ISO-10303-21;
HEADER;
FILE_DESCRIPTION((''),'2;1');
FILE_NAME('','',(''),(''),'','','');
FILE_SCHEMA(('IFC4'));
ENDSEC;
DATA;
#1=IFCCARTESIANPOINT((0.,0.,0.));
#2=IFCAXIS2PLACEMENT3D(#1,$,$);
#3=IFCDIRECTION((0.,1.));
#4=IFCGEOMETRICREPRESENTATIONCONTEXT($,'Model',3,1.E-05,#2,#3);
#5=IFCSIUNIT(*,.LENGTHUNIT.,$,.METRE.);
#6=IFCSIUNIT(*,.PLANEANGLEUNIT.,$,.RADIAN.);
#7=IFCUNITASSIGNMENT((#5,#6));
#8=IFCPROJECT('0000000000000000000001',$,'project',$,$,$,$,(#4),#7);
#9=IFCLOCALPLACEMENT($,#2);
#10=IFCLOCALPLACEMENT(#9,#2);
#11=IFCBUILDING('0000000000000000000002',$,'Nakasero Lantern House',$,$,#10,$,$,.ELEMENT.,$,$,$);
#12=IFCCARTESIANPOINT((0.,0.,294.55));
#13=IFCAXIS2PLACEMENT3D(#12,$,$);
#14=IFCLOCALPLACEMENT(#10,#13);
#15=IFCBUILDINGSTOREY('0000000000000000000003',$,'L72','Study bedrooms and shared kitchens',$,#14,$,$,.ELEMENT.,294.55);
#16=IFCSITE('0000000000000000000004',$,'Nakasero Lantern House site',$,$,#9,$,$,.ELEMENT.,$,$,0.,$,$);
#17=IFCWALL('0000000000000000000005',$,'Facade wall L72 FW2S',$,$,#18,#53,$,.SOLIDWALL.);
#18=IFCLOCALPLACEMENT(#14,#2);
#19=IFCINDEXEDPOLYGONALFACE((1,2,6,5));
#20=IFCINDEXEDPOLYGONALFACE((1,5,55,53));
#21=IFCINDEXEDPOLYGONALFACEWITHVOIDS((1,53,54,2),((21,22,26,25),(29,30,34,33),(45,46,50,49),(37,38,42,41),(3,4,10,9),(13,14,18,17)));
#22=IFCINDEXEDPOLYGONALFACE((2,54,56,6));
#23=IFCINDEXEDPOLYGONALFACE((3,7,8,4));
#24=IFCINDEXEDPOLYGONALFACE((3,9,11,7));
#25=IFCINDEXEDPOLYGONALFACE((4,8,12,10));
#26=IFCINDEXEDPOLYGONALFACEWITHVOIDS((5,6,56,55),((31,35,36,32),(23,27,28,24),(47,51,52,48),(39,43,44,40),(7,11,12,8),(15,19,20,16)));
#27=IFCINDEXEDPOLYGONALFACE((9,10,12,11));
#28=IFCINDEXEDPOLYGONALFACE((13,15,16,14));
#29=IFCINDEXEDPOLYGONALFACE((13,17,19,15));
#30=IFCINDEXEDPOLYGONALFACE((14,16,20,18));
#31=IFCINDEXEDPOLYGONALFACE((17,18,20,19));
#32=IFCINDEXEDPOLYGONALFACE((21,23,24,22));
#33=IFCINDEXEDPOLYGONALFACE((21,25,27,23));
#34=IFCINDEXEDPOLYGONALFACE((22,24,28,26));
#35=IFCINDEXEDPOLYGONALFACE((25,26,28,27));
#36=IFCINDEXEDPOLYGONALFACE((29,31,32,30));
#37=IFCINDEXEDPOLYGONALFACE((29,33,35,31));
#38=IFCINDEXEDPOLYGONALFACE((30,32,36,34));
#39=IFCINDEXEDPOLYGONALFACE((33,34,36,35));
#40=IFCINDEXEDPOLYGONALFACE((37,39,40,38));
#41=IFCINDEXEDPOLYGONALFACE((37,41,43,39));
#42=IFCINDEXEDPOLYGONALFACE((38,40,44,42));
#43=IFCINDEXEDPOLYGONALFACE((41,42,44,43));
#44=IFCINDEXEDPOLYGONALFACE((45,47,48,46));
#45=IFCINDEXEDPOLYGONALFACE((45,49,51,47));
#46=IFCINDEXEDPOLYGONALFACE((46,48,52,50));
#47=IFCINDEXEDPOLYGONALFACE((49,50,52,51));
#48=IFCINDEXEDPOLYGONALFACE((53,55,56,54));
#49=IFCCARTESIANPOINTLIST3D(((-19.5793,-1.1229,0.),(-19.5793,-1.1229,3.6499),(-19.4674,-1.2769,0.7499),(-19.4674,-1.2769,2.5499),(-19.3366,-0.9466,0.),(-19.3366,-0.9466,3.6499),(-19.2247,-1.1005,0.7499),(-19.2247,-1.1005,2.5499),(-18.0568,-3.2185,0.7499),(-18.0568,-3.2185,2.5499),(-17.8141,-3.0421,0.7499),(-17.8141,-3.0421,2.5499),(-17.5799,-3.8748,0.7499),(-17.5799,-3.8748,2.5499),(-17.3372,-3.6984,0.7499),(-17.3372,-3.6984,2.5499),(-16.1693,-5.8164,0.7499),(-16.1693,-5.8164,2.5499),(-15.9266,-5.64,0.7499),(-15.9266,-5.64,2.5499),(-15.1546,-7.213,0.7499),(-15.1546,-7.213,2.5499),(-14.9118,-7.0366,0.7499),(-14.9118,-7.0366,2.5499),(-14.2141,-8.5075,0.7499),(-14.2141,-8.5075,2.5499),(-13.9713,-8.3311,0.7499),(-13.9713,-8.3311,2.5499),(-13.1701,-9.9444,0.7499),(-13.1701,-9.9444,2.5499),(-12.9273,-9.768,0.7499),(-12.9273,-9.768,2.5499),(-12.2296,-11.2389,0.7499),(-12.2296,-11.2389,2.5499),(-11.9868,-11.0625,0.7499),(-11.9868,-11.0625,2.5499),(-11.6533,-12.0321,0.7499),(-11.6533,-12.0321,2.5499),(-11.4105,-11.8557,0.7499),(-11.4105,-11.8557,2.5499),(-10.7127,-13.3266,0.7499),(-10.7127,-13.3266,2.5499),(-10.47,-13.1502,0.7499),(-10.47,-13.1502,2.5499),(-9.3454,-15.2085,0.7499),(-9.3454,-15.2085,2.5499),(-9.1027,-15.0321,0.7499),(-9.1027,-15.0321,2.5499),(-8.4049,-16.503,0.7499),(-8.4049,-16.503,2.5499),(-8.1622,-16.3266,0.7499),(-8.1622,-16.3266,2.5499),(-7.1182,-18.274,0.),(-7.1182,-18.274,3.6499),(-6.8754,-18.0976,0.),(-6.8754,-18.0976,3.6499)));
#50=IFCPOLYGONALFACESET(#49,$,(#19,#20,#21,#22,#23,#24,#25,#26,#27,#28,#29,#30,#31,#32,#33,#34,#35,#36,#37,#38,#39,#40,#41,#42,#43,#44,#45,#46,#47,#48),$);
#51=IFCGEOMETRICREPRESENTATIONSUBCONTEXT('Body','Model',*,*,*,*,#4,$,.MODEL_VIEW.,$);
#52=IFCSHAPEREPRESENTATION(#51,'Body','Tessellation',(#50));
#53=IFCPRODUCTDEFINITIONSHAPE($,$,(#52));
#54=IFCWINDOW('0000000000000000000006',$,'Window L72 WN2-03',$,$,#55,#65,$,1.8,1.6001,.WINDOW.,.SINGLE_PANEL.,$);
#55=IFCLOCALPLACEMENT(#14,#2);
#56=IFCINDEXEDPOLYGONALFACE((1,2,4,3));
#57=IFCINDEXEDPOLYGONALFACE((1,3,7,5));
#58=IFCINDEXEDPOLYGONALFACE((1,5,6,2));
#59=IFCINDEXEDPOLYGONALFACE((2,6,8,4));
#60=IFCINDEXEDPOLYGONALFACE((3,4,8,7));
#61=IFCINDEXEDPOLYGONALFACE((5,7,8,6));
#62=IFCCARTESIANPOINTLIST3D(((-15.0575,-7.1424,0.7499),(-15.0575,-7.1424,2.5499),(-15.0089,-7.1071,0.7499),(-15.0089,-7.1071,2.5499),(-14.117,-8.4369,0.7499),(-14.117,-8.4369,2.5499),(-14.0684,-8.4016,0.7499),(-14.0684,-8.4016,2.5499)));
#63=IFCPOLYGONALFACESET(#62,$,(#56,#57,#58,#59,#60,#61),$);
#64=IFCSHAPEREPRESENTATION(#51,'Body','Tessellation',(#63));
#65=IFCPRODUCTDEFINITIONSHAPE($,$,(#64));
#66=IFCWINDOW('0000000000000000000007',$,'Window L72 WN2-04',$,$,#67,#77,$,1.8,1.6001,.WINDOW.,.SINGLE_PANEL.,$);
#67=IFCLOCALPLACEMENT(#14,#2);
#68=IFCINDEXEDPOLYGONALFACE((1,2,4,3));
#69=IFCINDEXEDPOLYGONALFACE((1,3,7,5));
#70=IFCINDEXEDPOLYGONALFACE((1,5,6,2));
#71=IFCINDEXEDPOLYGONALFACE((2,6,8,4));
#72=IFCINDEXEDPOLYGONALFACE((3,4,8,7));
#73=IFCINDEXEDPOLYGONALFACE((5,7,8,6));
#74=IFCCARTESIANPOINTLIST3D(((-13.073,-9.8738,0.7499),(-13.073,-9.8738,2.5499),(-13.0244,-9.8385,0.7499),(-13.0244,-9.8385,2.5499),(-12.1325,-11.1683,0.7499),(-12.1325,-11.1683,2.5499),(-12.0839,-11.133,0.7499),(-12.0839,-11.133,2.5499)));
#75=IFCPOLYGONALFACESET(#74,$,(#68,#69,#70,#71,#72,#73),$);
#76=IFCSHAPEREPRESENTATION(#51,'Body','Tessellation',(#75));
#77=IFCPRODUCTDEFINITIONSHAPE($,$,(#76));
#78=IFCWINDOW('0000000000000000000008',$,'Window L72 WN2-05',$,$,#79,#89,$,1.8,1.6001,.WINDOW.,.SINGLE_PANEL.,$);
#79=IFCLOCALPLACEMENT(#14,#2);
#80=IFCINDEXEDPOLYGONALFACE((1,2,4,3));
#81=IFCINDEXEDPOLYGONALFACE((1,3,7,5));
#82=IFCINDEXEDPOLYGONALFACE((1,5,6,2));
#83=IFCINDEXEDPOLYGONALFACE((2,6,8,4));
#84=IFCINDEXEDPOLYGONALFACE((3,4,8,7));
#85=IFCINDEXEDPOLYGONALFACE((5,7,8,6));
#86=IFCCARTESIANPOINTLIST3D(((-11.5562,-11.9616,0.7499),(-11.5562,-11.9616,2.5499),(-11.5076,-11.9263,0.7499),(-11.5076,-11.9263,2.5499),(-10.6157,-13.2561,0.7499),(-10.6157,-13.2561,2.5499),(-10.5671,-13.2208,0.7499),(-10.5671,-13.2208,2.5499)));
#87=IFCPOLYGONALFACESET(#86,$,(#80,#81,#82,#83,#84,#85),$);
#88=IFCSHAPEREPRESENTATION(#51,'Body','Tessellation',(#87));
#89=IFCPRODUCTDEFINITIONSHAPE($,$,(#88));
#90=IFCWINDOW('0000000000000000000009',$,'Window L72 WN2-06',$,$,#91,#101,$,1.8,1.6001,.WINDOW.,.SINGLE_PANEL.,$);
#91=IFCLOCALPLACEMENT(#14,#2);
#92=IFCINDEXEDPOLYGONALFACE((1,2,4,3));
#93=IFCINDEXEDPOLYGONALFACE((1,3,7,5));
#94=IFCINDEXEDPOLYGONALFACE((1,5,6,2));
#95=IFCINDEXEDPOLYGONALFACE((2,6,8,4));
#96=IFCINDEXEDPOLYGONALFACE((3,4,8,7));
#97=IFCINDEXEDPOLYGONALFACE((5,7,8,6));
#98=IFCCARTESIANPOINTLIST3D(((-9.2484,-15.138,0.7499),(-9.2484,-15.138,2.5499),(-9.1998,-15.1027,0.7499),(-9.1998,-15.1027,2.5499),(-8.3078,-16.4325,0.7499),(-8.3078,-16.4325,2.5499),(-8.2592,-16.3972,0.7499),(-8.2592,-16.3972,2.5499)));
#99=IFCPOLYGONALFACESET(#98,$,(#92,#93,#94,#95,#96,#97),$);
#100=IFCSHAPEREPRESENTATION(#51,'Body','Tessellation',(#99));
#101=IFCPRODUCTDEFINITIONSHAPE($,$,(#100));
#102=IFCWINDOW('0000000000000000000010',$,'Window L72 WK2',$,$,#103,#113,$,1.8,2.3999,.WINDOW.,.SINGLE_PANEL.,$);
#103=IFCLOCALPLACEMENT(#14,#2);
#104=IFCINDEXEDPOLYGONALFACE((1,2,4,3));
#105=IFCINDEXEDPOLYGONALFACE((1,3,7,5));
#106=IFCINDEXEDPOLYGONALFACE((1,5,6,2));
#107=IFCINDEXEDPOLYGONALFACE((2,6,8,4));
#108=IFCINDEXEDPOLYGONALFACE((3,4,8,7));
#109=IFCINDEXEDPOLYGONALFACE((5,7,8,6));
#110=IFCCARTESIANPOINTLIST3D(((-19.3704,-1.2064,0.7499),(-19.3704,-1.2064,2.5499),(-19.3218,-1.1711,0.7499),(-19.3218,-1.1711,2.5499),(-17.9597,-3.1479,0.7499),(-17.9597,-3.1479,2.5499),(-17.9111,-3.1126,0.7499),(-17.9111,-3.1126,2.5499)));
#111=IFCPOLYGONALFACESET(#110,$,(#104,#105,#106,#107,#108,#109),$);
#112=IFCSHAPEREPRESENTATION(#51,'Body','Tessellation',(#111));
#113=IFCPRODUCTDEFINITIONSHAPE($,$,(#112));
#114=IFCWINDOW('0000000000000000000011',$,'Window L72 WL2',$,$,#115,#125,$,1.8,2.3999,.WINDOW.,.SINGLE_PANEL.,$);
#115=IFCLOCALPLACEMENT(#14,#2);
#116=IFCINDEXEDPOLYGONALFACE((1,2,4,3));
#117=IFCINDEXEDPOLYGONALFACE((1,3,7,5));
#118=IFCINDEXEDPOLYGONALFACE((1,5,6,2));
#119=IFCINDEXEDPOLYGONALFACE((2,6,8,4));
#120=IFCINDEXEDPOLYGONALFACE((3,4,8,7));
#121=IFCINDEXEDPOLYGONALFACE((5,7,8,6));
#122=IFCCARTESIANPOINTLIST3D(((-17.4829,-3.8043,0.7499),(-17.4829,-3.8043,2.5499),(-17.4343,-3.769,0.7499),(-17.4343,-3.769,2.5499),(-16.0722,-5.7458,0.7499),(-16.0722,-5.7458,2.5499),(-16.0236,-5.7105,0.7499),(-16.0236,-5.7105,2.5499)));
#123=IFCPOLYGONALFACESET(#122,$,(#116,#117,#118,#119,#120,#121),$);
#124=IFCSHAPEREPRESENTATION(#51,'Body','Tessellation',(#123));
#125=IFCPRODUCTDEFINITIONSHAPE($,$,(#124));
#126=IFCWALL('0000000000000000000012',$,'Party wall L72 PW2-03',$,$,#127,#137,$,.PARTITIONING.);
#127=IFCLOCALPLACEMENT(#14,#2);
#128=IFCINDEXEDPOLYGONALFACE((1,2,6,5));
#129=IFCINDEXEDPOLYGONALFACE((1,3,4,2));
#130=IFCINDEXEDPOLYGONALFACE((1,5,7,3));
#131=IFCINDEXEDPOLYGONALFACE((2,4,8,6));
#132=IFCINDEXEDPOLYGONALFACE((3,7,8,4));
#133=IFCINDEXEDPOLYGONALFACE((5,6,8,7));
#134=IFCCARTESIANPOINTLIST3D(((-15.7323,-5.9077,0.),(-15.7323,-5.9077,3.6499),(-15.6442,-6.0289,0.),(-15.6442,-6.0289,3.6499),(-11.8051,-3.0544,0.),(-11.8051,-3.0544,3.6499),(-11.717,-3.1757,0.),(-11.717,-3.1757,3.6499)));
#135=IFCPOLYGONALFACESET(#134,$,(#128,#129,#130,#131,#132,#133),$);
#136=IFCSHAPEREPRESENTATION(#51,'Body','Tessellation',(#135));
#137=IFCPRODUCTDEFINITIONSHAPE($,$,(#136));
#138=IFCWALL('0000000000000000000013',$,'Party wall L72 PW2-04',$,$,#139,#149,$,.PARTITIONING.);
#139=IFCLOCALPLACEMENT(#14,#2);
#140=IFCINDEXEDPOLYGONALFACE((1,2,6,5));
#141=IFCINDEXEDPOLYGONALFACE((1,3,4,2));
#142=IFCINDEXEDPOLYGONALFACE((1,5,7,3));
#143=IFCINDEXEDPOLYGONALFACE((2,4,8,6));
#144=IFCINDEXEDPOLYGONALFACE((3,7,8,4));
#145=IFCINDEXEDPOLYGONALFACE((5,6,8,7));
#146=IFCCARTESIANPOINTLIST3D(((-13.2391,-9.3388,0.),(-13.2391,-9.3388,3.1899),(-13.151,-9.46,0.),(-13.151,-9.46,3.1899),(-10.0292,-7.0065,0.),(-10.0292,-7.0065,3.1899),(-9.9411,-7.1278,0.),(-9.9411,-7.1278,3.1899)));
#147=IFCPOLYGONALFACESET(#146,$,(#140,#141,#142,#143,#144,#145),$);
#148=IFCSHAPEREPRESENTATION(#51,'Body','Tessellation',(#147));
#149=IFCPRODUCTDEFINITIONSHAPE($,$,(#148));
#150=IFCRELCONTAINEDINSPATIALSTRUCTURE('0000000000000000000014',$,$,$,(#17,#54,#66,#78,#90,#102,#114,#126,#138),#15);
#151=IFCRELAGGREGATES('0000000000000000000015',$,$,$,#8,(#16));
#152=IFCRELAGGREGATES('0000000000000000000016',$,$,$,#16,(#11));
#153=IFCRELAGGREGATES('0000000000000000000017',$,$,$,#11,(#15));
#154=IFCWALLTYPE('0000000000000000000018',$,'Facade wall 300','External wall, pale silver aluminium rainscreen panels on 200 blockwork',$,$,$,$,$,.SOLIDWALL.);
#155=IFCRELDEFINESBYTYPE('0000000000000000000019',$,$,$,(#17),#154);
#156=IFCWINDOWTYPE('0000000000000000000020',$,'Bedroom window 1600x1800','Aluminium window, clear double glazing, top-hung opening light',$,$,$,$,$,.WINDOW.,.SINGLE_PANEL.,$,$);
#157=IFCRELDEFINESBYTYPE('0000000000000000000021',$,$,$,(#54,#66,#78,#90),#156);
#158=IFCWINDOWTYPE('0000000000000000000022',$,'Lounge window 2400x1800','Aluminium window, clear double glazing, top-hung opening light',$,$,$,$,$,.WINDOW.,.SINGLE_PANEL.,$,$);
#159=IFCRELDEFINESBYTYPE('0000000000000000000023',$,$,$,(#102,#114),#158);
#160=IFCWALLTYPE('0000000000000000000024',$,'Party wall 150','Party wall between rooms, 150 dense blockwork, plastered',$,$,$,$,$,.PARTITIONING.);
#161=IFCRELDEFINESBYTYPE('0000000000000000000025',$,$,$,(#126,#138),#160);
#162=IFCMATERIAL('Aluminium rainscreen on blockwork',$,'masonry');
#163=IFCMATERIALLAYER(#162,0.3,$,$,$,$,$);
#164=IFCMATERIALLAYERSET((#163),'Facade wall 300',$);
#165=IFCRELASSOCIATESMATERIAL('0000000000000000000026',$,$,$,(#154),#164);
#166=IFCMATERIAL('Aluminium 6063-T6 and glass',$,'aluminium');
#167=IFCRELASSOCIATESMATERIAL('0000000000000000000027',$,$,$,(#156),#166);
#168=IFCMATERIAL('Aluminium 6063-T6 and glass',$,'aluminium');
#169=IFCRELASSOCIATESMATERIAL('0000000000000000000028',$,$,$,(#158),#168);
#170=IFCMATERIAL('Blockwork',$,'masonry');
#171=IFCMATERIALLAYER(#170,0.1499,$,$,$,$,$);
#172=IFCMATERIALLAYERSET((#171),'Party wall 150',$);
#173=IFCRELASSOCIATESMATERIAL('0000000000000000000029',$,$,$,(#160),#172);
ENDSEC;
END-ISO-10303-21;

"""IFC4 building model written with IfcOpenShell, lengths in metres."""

from ifc_helpers import new_model, si_unit, direction, frame, frame_2d, origin, place, context, subcontext, project, spatial, rectangle, extrude, material, layer, layer_set, type_object, element, fill, save


model = new_model("IFC4")

# Units and contexts
model_context = context("Model", 3, precision=1e-05, world=origin(), true_north=direction((0.0, 1.0)))
body_context = subcontext(model_context, "Body", "Model", "MODEL_VIEW")
ifc_project = project(units=[si_unit("LENGTHUNIT", "METRE"), si_unit("PLANEANGLEUNIT", "RADIAN")], contexts=[model_context])

# Site, building, storey
site_placement = place(None, origin())
site = spatial("IfcSite", under=ifc_project, at=site_placement, Name="Nakasero Lantern House site", CompositionType="ELEMENT", RefElevation=0.0)
building_placement = place(site_placement, origin())
building = spatial("IfcBuilding", under=site, at=building_placement, Name="Nakasero Lantern House", CompositionType="ELEMENT")
storey_placement = place(building_placement, frame((0.0, 0.0, 294.55)))
storey = spatial("IfcBuildingStorey", under=building, at=storey_placement, Name="L72", Description="Study bedrooms and shared kitchens", CompositionType="ELEMENT", Elevation=294.55)

# Wall, openings, windows
ifc_material_1 = material(Name="Aluminium rainscreen on blockwork", Category="masonry")
ifc_layer_1 = layer(ifc_material_1, 0.3)
ifc_layer_set_1 = layer_set([ifc_layer_1], Name="Facade wall 300")
wall_type_1 = type_object("IfcWallType", Name="Facade wall 300", Description="External wall, pale silver aluminium rainscreen panels on 200 blockwork", PredefinedType="SOLIDWALL", material=ifc_layer_set_1)
wall_1_placement = place(storey_placement, frame((-19.458, -1.0347, 0.0), z_axis=(0.0, 0.0, 1.0), x_axis=(0.58779, -0.809013, 0.0)))
wall_1 = element("IfcWall", 1, at=wall_1_placement, inside=storey, type_object=wall_type_1, Name="Facade wall L72 FW2S", PredefinedType="SOLIDWALL", context=body_context, shape_type="SweptSolid", body=[
    extrude(rectangle(XDim=21.2, YDim=0.3, at=frame_2d((10.6001, 0.0))), origin(), (0.0, 0.0, 1.0), 3.6499),
])
opening_1_placement = place(wall_1_placement, frame((7.5278, 0.0, 0.75)))
opening_1 = element("IfcOpeningElement", 2, at=opening_1_placement, cuts=wall_1, PredefinedType="OPENING", context=body_context, shape_type="SweptSolid", body=[
    extrude(rectangle(XDim=1.6001, YDim=1.8, at=frame_2d((0.8, 0.8999))), frame((0.0, 0.1699, 0.0), z_axis=(0.0, -1.0, 0.0), x_axis=(1.0, 0.0, 0.0)), (0.0, 0.0, 1.0), 0.3401),
])
opening_2_placement = place(wall_1_placement, frame((10.9041, 0.0, 0.75)))
opening_2 = element("IfcOpeningElement", 3, at=opening_2_placement, cuts=wall_1, PredefinedType="OPENING", context=body_context, shape_type="SweptSolid", body=[
    extrude(rectangle(XDim=1.6001, YDim=1.8, at=frame_2d((0.8, 0.8999))), frame((0.0, 0.1699, 0.0), z_axis=(0.0, -1.0, 0.0), x_axis=(1.0, 0.0, 0.0)), (0.0, 0.0, 1.0), 0.3401),
])
opening_3_placement = place(wall_1_placement, frame((13.4846, 0.0, 0.75)))
opening_3 = element("IfcOpeningElement", 4, at=opening_3_placement, cuts=wall_1, PredefinedType="OPENING", context=body_context, shape_type="SweptSolid", body=[
    extrude(rectangle(XDim=1.6001, YDim=1.8, at=frame_2d((0.8, 0.8999))), frame((0.0, 0.1699, 0.0), z_axis=(0.0, -1.0, 0.0), x_axis=(1.0, 0.0, 0.0)), (0.0, 0.0, 1.0), 0.3401),
])
opening_4_placement = place(wall_1_placement, frame((17.4109, 0.0, 0.75)))
opening_4 = element("IfcOpeningElement", 5, at=opening_4_placement, cuts=wall_1, PredefinedType="OPENING", context=body_context, shape_type="SweptSolid", body=[
    extrude(rectangle(XDim=1.6001, YDim=1.8, at=frame_2d((0.8, 0.8999))), frame((0.0, 0.1699, 0.0), z_axis=(0.0, -1.0, 0.0), x_axis=(1.0, 0.0, 0.0)), (0.0, 0.0, 1.0), 0.3401),
])
opening_5_placement = place(wall_1_placement, frame((0.1904, 0.0, 0.75)))
opening_5 = element("IfcOpeningElement", 6, at=opening_5_placement, cuts=wall_1, PredefinedType="OPENING", context=body_context, shape_type="SweptSolid", body=[
    extrude(rectangle(XDim=2.3999, YDim=1.8, at=frame_2d((1.2, 0.8999))), frame((0.0, 0.1699, 0.0), z_axis=(0.0, -1.0, 0.0), x_axis=(1.0, 0.0, 0.0)), (0.0, 0.0, 1.0), 0.3401),
])
opening_6_placement = place(wall_1_placement, frame((3.4016, 0.0, 0.75)))
opening_6 = element("IfcOpeningElement", 7, at=opening_6_placement, cuts=wall_1, PredefinedType="OPENING", context=body_context, shape_type="SweptSolid", body=[
    extrude(rectangle(XDim=2.3999, YDim=1.8, at=frame_2d((1.2, 0.8999))), frame((0.0, 0.1699, 0.0), z_axis=(0.0, -1.0, 0.0), x_axis=(1.0, 0.0, 0.0)), (0.0, 0.0, 1.0), 0.3401),
])
ifc_material_2 = material(Name="Aluminium 6063-T6 and glass", Category="aluminium")
window_type_1 = type_object("IfcWindowType", Name="Bedroom window 1600x1800", Description="Aluminium window, clear double glazing, top-hung opening light", PartitioningType="SINGLE_PANEL", PredefinedType="WINDOW", material=ifc_material_2)
window_1_placement = place(opening_1_placement, origin())
window_1 = element("IfcWindow", 8, at=window_1_placement, inside=storey, type_object=window_type_1, Name="Window L72 WN2-03", OverallHeight=1.8, OverallWidth=1.6001, PartitioningType="SINGLE_PANEL", PredefinedType="WINDOW", context=body_context, shape_type="SweptSolid", body=[
    extrude(rectangle(XDim=1.6001, YDim=1.8, at=frame_2d((0.8, 0.8999))), frame((0.0, 0.03, 0.0), z_axis=(0.0, -1.0, 0.0), x_axis=(1.0, 0.0, 0.0)), (0.0, 0.0, 1.0), 0.0601),
])
fill(opening_1, window_1)
window_2_placement = place(opening_2_placement, origin())
window_2 = element("IfcWindow", 9, at=window_2_placement, inside=storey, type_object=window_type_1, Name="Window L72 WN2-04", OverallHeight=1.8, OverallWidth=1.6001, PartitioningType="SINGLE_PANEL", PredefinedType="WINDOW", context=body_context, shape_type="SweptSolid", body=[
    extrude(rectangle(XDim=1.6001, YDim=1.8, at=frame_2d((0.8, 0.8999))), frame((0.0, 0.03, 0.0), z_axis=(0.0, -1.0, 0.0), x_axis=(1.0, 0.0, 0.0)), (0.0, 0.0, 1.0), 0.0601),
])
fill(opening_2, window_2)
window_3_placement = place(opening_3_placement, origin())
window_3 = element("IfcWindow", 10, at=window_3_placement, inside=storey, type_object=window_type_1, Name="Window L72 WN2-05", OverallHeight=1.8, OverallWidth=1.6001, PartitioningType="SINGLE_PANEL", PredefinedType="WINDOW", context=body_context, shape_type="SweptSolid", body=[
    extrude(rectangle(XDim=1.6001, YDim=1.8, at=frame_2d((0.8, 0.8999))), frame((0.0, 0.03, 0.0), z_axis=(0.0, -1.0, 0.0), x_axis=(1.0, 0.0, 0.0)), (0.0, 0.0, 1.0), 0.0601),
])
fill(opening_3, window_3)
window_4_placement = place(opening_4_placement, origin())
window_4 = element("IfcWindow", 11, at=window_4_placement, inside=storey, type_object=window_type_1, Name="Window L72 WN2-06", OverallHeight=1.8, OverallWidth=1.6001, PartitioningType="SINGLE_PANEL", PredefinedType="WINDOW", context=body_context, shape_type="SweptSolid", body=[
    extrude(rectangle(XDim=1.6001, YDim=1.8, at=frame_2d((0.8, 0.8999))), frame((0.0, 0.03, 0.0), z_axis=(0.0, -1.0, 0.0), x_axis=(1.0, 0.0, 0.0)), (0.0, 0.0, 1.0), 0.0601),
])
fill(opening_4, window_4)
ifc_material_3 = material(Name="Aluminium 6063-T6 and glass", Category="aluminium")
window_type_2 = type_object("IfcWindowType", Name="Lounge window 2400x1800", Description="Aluminium window, clear double glazing, top-hung opening light", PartitioningType="SINGLE_PANEL", PredefinedType="WINDOW", material=ifc_material_3)
window_5_placement = place(opening_5_placement, origin())
window_5 = element("IfcWindow", 12, at=window_5_placement, inside=storey, type_object=window_type_2, Name="Window L72 WK2", OverallHeight=1.8, OverallWidth=2.3999, PartitioningType="SINGLE_PANEL", PredefinedType="WINDOW", context=body_context, shape_type="SweptSolid", body=[
    extrude(rectangle(XDim=2.3999, YDim=1.8, at=frame_2d((1.2, 0.8999))), frame((0.0, 0.03, 0.0), z_axis=(0.0, -1.0, 0.0), x_axis=(1.0, 0.0, 0.0)), (0.0, 0.0, 1.0), 0.0601),
])
fill(opening_5, window_5)
window_6_placement = place(opening_6_placement, origin())
window_6 = element("IfcWindow", 13, at=window_6_placement, inside=storey, type_object=window_type_2, Name="Window L72 WL2", OverallHeight=1.8, OverallWidth=2.3999, PartitioningType="SINGLE_PANEL", PredefinedType="WINDOW", context=body_context, shape_type="SweptSolid", body=[
    extrude(rectangle(XDim=2.3999, YDim=1.8, at=frame_2d((1.2, 0.8999))), frame((0.0, 0.03, 0.0), z_axis=(0.0, -1.0, 0.0), x_axis=(1.0, 0.0, 0.0)), (0.0, 0.0, 1.0), 0.0601),
])
fill(opening_6, window_6)

# Walls
ifc_material_4 = material(Name="Blockwork", Category="masonry")
ifc_layer_2 = layer(ifc_material_4, 0.1499)
ifc_layer_set_2 = layer_set([ifc_layer_2], Name="Party wall 150")
wall_type_2 = type_object("IfcWallType", Name="Party wall 150", Description="Party wall between rooms, 150 dense blockwork, plastered", PredefinedType="PARTITIONING", material=ifc_layer_set_2)
wall_2_placement = place(storey_placement, frame((-11.761, -3.115, 0.0), z_axis=(0.0, 0.0, 1.0), x_axis=(-0.809021, -0.58778, 0.0)))
element("IfcWall", 14, at=wall_2_placement, inside=storey, type_object=wall_type_2, Name="Party wall L72 PW2-03", PredefinedType="PARTITIONING", context=body_context, shape_type="SweptSolid", body=[
    extrude(rectangle(XDim=4.8542, YDim=0.1499, at=frame_2d((2.4272, 0.0))), origin(), (0.0, 0.0, 1.0), 3.6499),
])
wall_3_placement = place(storey_placement, frame((-9.9851, -7.0671, 0.0), z_axis=(0.0, 0.0, 1.0), x_axis=(-0.809005, -0.587802, 0.0)))
element("IfcWall", 15, at=wall_3_placement, inside=storey, type_object=wall_type_2, Name="Party wall L72 PW2-04", PredefinedType="PARTITIONING", context=body_context, shape_type="SweptSolid", body=[
    extrude(rectangle(XDim=3.9678, YDim=0.1499, at=frame_2d((1.9839, 0.0))), origin(), (0.0, 0.0, 1.0), 3.1899),
])

save(model, "model.ifc")
